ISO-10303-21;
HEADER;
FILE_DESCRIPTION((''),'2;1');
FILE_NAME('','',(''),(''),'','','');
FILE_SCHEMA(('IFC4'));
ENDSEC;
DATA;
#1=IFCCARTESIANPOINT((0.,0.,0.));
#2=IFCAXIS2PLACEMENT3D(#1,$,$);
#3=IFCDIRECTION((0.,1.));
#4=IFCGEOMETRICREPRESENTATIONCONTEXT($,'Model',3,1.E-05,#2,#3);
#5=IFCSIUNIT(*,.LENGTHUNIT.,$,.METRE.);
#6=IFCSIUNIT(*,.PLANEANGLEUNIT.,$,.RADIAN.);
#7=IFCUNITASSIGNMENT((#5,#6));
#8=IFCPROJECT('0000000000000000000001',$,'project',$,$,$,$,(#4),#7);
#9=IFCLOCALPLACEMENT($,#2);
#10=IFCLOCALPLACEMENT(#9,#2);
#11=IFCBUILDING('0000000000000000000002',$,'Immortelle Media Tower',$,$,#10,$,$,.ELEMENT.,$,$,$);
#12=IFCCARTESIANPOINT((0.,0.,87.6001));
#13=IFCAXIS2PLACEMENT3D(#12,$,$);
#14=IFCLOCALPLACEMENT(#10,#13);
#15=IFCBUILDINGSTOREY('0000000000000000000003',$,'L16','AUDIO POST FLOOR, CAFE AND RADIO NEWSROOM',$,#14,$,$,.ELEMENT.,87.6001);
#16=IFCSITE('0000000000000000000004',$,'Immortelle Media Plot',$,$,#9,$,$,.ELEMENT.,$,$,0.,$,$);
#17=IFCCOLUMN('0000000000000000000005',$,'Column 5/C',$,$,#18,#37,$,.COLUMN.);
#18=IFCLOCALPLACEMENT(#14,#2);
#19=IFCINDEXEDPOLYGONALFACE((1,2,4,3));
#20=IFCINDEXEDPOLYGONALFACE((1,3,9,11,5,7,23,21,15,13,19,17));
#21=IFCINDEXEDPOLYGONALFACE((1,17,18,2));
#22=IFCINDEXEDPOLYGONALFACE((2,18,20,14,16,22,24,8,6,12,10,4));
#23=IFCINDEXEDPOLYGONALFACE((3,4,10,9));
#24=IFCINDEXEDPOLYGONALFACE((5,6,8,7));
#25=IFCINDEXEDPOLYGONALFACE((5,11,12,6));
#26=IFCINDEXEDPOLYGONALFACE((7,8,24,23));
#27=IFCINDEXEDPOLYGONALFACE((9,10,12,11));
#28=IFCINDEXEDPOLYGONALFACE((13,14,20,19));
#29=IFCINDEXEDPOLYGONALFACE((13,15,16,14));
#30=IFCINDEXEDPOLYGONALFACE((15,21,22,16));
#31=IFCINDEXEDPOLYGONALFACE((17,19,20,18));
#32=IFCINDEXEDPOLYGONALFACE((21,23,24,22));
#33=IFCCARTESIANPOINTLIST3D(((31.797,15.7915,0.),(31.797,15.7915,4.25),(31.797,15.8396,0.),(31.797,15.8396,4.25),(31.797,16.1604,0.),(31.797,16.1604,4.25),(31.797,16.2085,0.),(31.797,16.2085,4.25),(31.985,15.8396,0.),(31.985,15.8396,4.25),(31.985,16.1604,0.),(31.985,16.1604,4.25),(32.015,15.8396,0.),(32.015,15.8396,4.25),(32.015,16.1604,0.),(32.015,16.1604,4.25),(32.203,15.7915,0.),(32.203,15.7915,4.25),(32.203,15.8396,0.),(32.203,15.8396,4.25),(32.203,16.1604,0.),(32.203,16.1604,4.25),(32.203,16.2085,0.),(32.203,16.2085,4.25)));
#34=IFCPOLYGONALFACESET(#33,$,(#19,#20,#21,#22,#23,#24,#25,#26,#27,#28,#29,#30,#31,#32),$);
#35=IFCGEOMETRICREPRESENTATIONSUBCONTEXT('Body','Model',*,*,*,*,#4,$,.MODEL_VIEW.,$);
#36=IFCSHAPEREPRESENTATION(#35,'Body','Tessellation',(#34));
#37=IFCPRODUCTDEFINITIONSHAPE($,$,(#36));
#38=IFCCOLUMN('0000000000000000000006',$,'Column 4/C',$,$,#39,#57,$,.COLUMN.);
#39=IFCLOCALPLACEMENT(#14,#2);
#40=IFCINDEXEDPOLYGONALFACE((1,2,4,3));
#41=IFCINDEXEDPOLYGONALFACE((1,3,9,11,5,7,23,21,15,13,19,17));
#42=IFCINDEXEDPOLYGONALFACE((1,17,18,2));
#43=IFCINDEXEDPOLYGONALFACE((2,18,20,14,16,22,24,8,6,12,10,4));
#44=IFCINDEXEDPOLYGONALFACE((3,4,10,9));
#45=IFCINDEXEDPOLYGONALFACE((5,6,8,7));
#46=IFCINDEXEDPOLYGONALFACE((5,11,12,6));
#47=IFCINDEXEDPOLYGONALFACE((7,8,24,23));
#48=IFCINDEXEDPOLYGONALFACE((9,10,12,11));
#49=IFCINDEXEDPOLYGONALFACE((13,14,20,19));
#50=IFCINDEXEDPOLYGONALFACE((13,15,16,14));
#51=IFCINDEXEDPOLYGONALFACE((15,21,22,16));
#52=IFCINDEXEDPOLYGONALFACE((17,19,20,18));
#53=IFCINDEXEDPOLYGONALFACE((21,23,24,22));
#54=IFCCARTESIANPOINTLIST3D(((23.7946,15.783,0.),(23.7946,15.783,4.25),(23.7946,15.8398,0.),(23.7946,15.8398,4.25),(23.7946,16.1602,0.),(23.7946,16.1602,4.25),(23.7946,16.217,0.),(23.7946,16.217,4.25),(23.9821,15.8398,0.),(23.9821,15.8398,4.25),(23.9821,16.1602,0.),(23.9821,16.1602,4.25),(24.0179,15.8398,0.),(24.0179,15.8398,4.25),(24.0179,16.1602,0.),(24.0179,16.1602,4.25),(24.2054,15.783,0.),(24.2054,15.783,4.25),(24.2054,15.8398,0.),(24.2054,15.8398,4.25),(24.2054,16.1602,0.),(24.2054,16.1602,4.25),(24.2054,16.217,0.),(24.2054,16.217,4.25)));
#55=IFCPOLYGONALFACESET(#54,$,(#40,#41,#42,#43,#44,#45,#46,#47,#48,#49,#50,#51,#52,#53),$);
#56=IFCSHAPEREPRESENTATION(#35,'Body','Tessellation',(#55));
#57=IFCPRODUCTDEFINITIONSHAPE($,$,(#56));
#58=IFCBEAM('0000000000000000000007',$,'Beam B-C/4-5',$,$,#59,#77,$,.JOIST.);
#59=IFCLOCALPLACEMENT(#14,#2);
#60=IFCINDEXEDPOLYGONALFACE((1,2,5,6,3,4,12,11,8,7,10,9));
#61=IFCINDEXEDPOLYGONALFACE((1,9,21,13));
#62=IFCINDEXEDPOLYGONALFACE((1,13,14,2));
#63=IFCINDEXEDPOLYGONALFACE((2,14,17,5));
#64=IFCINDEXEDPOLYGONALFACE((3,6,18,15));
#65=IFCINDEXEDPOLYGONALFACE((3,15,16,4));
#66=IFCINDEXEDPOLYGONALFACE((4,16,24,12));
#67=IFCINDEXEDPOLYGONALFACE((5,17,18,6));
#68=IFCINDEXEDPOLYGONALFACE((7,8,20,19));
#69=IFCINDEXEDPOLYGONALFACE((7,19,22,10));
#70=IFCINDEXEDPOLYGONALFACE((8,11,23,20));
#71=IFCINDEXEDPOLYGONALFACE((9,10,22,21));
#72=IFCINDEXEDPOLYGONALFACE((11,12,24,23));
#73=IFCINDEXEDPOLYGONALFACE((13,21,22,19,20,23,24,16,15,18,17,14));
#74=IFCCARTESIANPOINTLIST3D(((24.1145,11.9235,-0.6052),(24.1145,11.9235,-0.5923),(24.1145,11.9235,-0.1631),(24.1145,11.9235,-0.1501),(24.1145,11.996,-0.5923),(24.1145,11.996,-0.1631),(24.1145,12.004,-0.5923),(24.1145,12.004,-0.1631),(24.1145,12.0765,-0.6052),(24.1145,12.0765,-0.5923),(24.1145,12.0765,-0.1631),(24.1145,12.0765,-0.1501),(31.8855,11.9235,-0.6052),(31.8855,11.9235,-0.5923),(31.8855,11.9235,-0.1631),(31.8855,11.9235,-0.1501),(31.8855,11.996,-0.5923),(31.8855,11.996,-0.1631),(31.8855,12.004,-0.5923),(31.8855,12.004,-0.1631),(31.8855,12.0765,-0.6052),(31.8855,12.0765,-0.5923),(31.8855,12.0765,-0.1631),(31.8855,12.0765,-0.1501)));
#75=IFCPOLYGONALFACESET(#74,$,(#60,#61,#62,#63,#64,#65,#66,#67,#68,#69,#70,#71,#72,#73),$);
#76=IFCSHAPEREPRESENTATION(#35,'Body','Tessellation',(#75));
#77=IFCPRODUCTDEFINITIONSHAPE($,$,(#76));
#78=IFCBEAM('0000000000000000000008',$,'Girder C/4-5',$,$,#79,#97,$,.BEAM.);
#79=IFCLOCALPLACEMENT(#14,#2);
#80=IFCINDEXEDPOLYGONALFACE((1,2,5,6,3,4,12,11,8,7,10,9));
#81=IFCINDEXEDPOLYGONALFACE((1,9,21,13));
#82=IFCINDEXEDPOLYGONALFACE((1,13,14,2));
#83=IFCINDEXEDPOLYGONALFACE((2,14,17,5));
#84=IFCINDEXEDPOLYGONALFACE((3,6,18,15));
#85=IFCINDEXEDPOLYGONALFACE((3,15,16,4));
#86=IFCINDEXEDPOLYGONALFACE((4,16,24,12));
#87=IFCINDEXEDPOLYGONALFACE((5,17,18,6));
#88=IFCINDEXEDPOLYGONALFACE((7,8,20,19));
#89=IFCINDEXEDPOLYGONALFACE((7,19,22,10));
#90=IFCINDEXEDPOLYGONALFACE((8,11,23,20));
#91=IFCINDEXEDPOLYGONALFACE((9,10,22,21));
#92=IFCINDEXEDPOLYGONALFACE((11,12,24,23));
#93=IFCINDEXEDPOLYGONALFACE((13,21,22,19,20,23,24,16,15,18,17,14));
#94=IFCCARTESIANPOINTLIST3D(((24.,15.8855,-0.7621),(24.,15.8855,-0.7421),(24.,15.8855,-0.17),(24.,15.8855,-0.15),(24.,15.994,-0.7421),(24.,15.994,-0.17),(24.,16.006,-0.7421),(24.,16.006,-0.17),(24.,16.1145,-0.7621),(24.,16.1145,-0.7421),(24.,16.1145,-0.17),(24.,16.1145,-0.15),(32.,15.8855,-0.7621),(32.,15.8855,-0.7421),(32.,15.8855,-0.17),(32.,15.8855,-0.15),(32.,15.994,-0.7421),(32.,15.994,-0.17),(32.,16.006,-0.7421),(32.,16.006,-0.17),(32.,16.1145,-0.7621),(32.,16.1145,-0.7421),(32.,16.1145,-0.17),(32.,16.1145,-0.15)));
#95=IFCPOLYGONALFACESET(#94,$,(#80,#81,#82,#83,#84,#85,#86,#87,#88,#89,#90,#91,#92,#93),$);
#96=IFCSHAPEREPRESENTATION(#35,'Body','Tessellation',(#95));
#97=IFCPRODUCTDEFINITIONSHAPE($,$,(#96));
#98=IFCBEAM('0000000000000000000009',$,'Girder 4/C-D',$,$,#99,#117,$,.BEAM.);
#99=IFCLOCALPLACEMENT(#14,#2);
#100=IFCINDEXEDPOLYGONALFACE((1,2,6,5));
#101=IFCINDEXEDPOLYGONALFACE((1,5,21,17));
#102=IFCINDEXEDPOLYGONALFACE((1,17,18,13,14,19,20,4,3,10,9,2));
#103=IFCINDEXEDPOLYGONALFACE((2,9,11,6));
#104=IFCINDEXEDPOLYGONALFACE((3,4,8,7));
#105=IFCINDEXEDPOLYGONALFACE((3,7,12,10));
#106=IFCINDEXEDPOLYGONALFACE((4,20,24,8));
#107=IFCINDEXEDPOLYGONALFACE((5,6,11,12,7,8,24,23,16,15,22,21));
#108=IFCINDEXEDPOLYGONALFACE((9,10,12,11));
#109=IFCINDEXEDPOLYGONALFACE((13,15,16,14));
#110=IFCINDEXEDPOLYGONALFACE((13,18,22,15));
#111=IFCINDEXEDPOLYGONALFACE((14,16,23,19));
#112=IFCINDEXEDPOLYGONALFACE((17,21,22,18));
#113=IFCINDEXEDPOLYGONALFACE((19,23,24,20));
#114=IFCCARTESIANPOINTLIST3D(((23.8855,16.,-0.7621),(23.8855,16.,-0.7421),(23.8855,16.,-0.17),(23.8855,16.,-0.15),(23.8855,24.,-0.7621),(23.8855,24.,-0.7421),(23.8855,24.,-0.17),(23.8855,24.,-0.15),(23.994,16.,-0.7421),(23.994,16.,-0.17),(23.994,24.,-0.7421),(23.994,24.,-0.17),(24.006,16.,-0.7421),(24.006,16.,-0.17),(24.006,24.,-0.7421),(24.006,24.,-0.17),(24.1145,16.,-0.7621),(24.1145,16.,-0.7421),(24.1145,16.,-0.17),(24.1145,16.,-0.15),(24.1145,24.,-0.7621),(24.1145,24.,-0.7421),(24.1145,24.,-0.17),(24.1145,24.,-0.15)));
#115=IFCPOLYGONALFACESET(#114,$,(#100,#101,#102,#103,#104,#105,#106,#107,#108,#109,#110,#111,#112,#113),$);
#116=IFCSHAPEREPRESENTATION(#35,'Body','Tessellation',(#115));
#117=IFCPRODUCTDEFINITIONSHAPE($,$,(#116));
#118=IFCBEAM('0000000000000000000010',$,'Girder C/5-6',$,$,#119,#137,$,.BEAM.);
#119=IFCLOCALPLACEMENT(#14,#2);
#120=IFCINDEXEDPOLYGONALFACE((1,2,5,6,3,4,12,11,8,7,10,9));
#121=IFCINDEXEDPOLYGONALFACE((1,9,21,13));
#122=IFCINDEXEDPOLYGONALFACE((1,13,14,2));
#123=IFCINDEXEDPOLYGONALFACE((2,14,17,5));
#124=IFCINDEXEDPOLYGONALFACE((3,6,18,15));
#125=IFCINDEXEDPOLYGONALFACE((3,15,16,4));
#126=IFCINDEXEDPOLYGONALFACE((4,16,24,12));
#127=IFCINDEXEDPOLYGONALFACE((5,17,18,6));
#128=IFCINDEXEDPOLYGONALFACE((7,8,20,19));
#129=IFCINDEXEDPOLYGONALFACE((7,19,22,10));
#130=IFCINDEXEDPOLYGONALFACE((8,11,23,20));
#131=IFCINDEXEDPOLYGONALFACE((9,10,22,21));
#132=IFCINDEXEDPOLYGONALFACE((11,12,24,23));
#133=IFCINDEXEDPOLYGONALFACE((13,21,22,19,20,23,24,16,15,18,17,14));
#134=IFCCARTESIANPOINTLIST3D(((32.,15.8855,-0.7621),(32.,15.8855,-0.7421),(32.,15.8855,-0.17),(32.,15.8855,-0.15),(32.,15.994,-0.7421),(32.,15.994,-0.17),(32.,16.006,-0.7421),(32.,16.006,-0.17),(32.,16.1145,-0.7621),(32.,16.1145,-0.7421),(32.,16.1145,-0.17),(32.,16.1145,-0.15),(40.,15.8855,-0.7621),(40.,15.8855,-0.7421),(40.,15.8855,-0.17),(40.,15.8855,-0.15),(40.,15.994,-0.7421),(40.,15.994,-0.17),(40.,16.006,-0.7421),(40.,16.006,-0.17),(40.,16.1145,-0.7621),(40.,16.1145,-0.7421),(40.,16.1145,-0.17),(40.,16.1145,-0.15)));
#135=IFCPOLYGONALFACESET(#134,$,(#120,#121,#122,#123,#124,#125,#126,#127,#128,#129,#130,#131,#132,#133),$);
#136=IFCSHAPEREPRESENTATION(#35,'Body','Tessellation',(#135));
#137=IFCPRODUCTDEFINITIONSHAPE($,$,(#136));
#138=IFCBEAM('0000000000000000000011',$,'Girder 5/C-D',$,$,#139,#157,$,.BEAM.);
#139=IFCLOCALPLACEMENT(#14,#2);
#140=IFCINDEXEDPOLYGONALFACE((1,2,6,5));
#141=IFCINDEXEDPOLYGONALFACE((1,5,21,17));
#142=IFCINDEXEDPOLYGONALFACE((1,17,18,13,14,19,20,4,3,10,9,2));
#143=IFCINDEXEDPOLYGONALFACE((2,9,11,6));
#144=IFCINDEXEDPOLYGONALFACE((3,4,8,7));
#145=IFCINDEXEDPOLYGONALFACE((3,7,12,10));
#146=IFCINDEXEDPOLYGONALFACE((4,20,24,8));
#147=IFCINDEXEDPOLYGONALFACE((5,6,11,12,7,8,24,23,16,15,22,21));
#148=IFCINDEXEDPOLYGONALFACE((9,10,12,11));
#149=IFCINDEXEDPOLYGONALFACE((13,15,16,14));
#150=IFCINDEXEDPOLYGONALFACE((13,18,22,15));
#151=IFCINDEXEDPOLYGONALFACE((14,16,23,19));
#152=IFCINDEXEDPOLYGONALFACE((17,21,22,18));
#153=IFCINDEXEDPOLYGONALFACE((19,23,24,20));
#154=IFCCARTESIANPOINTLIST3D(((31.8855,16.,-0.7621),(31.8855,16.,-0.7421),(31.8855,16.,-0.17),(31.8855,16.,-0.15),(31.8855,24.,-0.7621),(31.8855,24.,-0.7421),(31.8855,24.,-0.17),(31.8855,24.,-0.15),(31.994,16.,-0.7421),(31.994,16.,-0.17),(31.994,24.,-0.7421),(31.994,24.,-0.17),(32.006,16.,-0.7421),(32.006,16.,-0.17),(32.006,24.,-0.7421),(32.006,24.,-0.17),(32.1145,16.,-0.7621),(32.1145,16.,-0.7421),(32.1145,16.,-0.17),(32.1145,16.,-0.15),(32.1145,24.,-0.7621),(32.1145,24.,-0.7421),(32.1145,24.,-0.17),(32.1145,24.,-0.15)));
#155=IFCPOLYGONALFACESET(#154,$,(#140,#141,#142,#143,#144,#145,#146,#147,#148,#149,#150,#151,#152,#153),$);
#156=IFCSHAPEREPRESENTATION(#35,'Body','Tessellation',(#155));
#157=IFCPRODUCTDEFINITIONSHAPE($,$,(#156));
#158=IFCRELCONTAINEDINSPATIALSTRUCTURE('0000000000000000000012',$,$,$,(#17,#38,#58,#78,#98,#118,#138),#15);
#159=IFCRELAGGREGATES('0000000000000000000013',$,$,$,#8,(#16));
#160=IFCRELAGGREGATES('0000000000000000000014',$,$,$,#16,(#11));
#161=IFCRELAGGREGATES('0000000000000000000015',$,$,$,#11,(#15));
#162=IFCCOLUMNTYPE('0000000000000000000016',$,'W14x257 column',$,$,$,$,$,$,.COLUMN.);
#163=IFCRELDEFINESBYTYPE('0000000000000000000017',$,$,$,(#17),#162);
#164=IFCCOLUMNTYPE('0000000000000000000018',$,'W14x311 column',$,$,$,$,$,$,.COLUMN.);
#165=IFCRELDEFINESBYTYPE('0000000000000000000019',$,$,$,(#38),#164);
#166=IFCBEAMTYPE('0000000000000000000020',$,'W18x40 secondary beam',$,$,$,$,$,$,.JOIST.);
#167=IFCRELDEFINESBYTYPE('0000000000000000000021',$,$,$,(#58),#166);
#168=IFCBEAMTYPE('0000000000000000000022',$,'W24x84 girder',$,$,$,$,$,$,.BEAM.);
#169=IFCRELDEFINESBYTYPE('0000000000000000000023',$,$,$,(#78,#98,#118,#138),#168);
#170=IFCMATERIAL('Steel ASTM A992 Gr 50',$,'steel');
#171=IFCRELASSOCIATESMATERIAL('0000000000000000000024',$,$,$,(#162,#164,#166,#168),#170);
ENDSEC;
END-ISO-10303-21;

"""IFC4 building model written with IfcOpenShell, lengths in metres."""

from ifc_helpers import new_model, si_unit, direction, frame, origin, origin_2d, place, context, subcontext, project, spatial, i_section, extrude, material, material_profile, profile_set, type_object, element, save


model = new_model("IFC4")

# Units and contexts
model_context = context("Model", 3, precision=1e-05, world=origin(), true_north=direction((0.0, 1.0)))
body_context = subcontext(model_context, "Body", "Model", "MODEL_VIEW")
ifc_project = project(units=[si_unit("LENGTHUNIT", "METRE"), si_unit("PLANEANGLEUNIT", "RADIAN")], contexts=[model_context])

# Site, building, storey
site_placement = place(None, origin())
site = spatial("IfcSite", under=ifc_project, at=site_placement, Name="Immortelle Media Plot", CompositionType="ELEMENT", RefElevation=0.0)
building_placement = place(site_placement, origin())
building = spatial("IfcBuilding", under=site, at=building_placement, Name="Immortelle Media Tower", CompositionType="ELEMENT")
storey_placement = place(building_placement, frame((0.0, 0.0, 87.6001)))
storey = spatial("IfcBuildingStorey", under=building, at=storey_placement, Name="L16", Description="AUDIO POST FLOOR, CAFE AND RADIO NEWSROOM", CompositionType="ELEMENT", Elevation=87.6001)

# Columns
ifc_material_1 = material(Name="Steel ASTM A992 Gr 50", Category="steel")
ifc_material_profile_1 = material_profile(ifc_material_1, i_section(OverallWidth=0.406, OverallDepth=0.417, WebThickness=0.03, FlangeThickness=0.0481, at=origin_2d()), Name="W14x257")
ifc_profile_set_1 = profile_set([ifc_material_profile_1], Name="Steel ASTM A992 Gr 50")
column_type_1 = type_object("IfcColumnType", Name="W14x257 column", PredefinedType="COLUMN", material=ifc_profile_set_1)
column_1_placement = place(storey_placement, frame((32.0, 16.0, 0.0), z_axis=(0.0, 0.0, 1.0), x_axis=(1.0, 0.0, 0.0)))
element("IfcColumn", 1, at=column_1_placement, inside=storey, type_object=column_type_1, Name="Column 5/C", PredefinedType="COLUMN", context=body_context, shape_type="SweptSolid", body=[
    extrude(i_section(OverallWidth=0.406, OverallDepth=0.417, WebThickness=0.03, FlangeThickness=0.0481, at=origin_2d()), origin(), (0.0, 0.0, 1.0), 4.25),
])
ifc_material_profile_2 = material_profile(ifc_material_1, i_section(OverallWidth=0.4109, OverallDepth=0.4341, WebThickness=0.0359, FlangeThickness=0.0569, at=origin_2d()), Name="W14x311")
ifc_profile_set_2 = profile_set([ifc_material_profile_2], Name="Steel ASTM A992 Gr 50")
column_type_2 = type_object("IfcColumnType", Name="W14x311 column", PredefinedType="COLUMN", material=ifc_profile_set_2)
column_2_placement = place(storey_placement, frame((24.0, 16.0, 0.0), z_axis=(0.0, 0.0, 1.0), x_axis=(1.0, 0.0, 0.0)))
element("IfcColumn", 2, at=column_2_placement, inside=storey, type_object=column_type_2, Name="Column 4/C", PredefinedType="COLUMN", context=body_context, shape_type="SweptSolid", body=[
    extrude(i_section(OverallWidth=0.4109, OverallDepth=0.4341, WebThickness=0.0359, FlangeThickness=0.0569, at=origin_2d()), origin(), (0.0, 0.0, 1.0), 4.25),
])

# Beams
ifc_material_profile_3 = material_profile(ifc_material_1, i_section(OverallWidth=0.1531, OverallDepth=0.4551, WebThickness=0.0081, FlangeThickness=0.0129, at=origin_2d()), Name="W18x40")
ifc_profile_set_3 = profile_set([ifc_material_profile_3], Name="Steel ASTM A992 Gr 50")
beam_type_1 = type_object("IfcBeamType", Name="W18x40 secondary beam", PredefinedType="JOIST", material=ifc_profile_set_3)
beam_placement = place(storey_placement, frame((24.1145, 12.0, -0.3777), z_axis=(1.0, 0.0, 0.0), x_axis=(0.0, 1.0, 0.0)))
element("IfcBeam", 3, at=beam_placement, inside=storey, type_object=beam_type_1, Name="Beam B-C/4-5", PredefinedType="JOIST", context=body_context, shape_type="SweptSolid", body=[
    extrude(i_section(OverallWidth=0.1531, OverallDepth=0.4551, WebThickness=0.0081, FlangeThickness=0.0129, at=origin_2d()), origin(), (0.0, 0.0, 1.0), 7.771),
])
ifc_material_profile_4 = material_profile(ifc_material_1, i_section(OverallWidth=0.229, OverallDepth=0.6121, WebThickness=0.012, FlangeThickness=0.02, at=origin_2d()), Name="W24x84")
ifc_profile_set_4 = profile_set([ifc_material_profile_4], Name="Steel ASTM A992 Gr 50")
beam_type_2 = type_object("IfcBeamType", Name="W24x84 girder", PredefinedType="BEAM", material=ifc_profile_set_4)
for number, where, z_axis, x_axis, name in (
    (4, (24.0, 16.0, -0.4561), (1.0, 0.0, 0.0), (0.0, 1.0, 0.0), "Girder C/4-5"),
    (5, (24.0, 16.0, -0.4561), (0.0, 1.0, 0.0), (-1.0, 0.0, 0.0), "Girder 4/C-D"),
    (6, (32.0, 16.0, -0.4561), (1.0, 0.0, 0.0), (0.0, 1.0, 0.0), "Girder C/5-6"),
    (7, (32.0, 16.0, -0.4561), (0.0, 1.0, 0.0), (-1.0, 0.0, 0.0), "Girder 5/C-D"),
):
    element("IfcBeam", number, at=place(storey_placement, frame(where, z_axis=z_axis, x_axis=x_axis)), inside=storey, type_object=beam_type_2, Name=name, PredefinedType="BEAM", context=body_context, shape_type="SweptSolid", body=[
        extrude(i_section(OverallWidth=0.229, OverallDepth=0.6121, WebThickness=0.012, FlangeThickness=0.02, at=origin_2d()), origin(), (0.0, 0.0, 1.0), 8.0),
    ])

save(model, "model.ifc")
